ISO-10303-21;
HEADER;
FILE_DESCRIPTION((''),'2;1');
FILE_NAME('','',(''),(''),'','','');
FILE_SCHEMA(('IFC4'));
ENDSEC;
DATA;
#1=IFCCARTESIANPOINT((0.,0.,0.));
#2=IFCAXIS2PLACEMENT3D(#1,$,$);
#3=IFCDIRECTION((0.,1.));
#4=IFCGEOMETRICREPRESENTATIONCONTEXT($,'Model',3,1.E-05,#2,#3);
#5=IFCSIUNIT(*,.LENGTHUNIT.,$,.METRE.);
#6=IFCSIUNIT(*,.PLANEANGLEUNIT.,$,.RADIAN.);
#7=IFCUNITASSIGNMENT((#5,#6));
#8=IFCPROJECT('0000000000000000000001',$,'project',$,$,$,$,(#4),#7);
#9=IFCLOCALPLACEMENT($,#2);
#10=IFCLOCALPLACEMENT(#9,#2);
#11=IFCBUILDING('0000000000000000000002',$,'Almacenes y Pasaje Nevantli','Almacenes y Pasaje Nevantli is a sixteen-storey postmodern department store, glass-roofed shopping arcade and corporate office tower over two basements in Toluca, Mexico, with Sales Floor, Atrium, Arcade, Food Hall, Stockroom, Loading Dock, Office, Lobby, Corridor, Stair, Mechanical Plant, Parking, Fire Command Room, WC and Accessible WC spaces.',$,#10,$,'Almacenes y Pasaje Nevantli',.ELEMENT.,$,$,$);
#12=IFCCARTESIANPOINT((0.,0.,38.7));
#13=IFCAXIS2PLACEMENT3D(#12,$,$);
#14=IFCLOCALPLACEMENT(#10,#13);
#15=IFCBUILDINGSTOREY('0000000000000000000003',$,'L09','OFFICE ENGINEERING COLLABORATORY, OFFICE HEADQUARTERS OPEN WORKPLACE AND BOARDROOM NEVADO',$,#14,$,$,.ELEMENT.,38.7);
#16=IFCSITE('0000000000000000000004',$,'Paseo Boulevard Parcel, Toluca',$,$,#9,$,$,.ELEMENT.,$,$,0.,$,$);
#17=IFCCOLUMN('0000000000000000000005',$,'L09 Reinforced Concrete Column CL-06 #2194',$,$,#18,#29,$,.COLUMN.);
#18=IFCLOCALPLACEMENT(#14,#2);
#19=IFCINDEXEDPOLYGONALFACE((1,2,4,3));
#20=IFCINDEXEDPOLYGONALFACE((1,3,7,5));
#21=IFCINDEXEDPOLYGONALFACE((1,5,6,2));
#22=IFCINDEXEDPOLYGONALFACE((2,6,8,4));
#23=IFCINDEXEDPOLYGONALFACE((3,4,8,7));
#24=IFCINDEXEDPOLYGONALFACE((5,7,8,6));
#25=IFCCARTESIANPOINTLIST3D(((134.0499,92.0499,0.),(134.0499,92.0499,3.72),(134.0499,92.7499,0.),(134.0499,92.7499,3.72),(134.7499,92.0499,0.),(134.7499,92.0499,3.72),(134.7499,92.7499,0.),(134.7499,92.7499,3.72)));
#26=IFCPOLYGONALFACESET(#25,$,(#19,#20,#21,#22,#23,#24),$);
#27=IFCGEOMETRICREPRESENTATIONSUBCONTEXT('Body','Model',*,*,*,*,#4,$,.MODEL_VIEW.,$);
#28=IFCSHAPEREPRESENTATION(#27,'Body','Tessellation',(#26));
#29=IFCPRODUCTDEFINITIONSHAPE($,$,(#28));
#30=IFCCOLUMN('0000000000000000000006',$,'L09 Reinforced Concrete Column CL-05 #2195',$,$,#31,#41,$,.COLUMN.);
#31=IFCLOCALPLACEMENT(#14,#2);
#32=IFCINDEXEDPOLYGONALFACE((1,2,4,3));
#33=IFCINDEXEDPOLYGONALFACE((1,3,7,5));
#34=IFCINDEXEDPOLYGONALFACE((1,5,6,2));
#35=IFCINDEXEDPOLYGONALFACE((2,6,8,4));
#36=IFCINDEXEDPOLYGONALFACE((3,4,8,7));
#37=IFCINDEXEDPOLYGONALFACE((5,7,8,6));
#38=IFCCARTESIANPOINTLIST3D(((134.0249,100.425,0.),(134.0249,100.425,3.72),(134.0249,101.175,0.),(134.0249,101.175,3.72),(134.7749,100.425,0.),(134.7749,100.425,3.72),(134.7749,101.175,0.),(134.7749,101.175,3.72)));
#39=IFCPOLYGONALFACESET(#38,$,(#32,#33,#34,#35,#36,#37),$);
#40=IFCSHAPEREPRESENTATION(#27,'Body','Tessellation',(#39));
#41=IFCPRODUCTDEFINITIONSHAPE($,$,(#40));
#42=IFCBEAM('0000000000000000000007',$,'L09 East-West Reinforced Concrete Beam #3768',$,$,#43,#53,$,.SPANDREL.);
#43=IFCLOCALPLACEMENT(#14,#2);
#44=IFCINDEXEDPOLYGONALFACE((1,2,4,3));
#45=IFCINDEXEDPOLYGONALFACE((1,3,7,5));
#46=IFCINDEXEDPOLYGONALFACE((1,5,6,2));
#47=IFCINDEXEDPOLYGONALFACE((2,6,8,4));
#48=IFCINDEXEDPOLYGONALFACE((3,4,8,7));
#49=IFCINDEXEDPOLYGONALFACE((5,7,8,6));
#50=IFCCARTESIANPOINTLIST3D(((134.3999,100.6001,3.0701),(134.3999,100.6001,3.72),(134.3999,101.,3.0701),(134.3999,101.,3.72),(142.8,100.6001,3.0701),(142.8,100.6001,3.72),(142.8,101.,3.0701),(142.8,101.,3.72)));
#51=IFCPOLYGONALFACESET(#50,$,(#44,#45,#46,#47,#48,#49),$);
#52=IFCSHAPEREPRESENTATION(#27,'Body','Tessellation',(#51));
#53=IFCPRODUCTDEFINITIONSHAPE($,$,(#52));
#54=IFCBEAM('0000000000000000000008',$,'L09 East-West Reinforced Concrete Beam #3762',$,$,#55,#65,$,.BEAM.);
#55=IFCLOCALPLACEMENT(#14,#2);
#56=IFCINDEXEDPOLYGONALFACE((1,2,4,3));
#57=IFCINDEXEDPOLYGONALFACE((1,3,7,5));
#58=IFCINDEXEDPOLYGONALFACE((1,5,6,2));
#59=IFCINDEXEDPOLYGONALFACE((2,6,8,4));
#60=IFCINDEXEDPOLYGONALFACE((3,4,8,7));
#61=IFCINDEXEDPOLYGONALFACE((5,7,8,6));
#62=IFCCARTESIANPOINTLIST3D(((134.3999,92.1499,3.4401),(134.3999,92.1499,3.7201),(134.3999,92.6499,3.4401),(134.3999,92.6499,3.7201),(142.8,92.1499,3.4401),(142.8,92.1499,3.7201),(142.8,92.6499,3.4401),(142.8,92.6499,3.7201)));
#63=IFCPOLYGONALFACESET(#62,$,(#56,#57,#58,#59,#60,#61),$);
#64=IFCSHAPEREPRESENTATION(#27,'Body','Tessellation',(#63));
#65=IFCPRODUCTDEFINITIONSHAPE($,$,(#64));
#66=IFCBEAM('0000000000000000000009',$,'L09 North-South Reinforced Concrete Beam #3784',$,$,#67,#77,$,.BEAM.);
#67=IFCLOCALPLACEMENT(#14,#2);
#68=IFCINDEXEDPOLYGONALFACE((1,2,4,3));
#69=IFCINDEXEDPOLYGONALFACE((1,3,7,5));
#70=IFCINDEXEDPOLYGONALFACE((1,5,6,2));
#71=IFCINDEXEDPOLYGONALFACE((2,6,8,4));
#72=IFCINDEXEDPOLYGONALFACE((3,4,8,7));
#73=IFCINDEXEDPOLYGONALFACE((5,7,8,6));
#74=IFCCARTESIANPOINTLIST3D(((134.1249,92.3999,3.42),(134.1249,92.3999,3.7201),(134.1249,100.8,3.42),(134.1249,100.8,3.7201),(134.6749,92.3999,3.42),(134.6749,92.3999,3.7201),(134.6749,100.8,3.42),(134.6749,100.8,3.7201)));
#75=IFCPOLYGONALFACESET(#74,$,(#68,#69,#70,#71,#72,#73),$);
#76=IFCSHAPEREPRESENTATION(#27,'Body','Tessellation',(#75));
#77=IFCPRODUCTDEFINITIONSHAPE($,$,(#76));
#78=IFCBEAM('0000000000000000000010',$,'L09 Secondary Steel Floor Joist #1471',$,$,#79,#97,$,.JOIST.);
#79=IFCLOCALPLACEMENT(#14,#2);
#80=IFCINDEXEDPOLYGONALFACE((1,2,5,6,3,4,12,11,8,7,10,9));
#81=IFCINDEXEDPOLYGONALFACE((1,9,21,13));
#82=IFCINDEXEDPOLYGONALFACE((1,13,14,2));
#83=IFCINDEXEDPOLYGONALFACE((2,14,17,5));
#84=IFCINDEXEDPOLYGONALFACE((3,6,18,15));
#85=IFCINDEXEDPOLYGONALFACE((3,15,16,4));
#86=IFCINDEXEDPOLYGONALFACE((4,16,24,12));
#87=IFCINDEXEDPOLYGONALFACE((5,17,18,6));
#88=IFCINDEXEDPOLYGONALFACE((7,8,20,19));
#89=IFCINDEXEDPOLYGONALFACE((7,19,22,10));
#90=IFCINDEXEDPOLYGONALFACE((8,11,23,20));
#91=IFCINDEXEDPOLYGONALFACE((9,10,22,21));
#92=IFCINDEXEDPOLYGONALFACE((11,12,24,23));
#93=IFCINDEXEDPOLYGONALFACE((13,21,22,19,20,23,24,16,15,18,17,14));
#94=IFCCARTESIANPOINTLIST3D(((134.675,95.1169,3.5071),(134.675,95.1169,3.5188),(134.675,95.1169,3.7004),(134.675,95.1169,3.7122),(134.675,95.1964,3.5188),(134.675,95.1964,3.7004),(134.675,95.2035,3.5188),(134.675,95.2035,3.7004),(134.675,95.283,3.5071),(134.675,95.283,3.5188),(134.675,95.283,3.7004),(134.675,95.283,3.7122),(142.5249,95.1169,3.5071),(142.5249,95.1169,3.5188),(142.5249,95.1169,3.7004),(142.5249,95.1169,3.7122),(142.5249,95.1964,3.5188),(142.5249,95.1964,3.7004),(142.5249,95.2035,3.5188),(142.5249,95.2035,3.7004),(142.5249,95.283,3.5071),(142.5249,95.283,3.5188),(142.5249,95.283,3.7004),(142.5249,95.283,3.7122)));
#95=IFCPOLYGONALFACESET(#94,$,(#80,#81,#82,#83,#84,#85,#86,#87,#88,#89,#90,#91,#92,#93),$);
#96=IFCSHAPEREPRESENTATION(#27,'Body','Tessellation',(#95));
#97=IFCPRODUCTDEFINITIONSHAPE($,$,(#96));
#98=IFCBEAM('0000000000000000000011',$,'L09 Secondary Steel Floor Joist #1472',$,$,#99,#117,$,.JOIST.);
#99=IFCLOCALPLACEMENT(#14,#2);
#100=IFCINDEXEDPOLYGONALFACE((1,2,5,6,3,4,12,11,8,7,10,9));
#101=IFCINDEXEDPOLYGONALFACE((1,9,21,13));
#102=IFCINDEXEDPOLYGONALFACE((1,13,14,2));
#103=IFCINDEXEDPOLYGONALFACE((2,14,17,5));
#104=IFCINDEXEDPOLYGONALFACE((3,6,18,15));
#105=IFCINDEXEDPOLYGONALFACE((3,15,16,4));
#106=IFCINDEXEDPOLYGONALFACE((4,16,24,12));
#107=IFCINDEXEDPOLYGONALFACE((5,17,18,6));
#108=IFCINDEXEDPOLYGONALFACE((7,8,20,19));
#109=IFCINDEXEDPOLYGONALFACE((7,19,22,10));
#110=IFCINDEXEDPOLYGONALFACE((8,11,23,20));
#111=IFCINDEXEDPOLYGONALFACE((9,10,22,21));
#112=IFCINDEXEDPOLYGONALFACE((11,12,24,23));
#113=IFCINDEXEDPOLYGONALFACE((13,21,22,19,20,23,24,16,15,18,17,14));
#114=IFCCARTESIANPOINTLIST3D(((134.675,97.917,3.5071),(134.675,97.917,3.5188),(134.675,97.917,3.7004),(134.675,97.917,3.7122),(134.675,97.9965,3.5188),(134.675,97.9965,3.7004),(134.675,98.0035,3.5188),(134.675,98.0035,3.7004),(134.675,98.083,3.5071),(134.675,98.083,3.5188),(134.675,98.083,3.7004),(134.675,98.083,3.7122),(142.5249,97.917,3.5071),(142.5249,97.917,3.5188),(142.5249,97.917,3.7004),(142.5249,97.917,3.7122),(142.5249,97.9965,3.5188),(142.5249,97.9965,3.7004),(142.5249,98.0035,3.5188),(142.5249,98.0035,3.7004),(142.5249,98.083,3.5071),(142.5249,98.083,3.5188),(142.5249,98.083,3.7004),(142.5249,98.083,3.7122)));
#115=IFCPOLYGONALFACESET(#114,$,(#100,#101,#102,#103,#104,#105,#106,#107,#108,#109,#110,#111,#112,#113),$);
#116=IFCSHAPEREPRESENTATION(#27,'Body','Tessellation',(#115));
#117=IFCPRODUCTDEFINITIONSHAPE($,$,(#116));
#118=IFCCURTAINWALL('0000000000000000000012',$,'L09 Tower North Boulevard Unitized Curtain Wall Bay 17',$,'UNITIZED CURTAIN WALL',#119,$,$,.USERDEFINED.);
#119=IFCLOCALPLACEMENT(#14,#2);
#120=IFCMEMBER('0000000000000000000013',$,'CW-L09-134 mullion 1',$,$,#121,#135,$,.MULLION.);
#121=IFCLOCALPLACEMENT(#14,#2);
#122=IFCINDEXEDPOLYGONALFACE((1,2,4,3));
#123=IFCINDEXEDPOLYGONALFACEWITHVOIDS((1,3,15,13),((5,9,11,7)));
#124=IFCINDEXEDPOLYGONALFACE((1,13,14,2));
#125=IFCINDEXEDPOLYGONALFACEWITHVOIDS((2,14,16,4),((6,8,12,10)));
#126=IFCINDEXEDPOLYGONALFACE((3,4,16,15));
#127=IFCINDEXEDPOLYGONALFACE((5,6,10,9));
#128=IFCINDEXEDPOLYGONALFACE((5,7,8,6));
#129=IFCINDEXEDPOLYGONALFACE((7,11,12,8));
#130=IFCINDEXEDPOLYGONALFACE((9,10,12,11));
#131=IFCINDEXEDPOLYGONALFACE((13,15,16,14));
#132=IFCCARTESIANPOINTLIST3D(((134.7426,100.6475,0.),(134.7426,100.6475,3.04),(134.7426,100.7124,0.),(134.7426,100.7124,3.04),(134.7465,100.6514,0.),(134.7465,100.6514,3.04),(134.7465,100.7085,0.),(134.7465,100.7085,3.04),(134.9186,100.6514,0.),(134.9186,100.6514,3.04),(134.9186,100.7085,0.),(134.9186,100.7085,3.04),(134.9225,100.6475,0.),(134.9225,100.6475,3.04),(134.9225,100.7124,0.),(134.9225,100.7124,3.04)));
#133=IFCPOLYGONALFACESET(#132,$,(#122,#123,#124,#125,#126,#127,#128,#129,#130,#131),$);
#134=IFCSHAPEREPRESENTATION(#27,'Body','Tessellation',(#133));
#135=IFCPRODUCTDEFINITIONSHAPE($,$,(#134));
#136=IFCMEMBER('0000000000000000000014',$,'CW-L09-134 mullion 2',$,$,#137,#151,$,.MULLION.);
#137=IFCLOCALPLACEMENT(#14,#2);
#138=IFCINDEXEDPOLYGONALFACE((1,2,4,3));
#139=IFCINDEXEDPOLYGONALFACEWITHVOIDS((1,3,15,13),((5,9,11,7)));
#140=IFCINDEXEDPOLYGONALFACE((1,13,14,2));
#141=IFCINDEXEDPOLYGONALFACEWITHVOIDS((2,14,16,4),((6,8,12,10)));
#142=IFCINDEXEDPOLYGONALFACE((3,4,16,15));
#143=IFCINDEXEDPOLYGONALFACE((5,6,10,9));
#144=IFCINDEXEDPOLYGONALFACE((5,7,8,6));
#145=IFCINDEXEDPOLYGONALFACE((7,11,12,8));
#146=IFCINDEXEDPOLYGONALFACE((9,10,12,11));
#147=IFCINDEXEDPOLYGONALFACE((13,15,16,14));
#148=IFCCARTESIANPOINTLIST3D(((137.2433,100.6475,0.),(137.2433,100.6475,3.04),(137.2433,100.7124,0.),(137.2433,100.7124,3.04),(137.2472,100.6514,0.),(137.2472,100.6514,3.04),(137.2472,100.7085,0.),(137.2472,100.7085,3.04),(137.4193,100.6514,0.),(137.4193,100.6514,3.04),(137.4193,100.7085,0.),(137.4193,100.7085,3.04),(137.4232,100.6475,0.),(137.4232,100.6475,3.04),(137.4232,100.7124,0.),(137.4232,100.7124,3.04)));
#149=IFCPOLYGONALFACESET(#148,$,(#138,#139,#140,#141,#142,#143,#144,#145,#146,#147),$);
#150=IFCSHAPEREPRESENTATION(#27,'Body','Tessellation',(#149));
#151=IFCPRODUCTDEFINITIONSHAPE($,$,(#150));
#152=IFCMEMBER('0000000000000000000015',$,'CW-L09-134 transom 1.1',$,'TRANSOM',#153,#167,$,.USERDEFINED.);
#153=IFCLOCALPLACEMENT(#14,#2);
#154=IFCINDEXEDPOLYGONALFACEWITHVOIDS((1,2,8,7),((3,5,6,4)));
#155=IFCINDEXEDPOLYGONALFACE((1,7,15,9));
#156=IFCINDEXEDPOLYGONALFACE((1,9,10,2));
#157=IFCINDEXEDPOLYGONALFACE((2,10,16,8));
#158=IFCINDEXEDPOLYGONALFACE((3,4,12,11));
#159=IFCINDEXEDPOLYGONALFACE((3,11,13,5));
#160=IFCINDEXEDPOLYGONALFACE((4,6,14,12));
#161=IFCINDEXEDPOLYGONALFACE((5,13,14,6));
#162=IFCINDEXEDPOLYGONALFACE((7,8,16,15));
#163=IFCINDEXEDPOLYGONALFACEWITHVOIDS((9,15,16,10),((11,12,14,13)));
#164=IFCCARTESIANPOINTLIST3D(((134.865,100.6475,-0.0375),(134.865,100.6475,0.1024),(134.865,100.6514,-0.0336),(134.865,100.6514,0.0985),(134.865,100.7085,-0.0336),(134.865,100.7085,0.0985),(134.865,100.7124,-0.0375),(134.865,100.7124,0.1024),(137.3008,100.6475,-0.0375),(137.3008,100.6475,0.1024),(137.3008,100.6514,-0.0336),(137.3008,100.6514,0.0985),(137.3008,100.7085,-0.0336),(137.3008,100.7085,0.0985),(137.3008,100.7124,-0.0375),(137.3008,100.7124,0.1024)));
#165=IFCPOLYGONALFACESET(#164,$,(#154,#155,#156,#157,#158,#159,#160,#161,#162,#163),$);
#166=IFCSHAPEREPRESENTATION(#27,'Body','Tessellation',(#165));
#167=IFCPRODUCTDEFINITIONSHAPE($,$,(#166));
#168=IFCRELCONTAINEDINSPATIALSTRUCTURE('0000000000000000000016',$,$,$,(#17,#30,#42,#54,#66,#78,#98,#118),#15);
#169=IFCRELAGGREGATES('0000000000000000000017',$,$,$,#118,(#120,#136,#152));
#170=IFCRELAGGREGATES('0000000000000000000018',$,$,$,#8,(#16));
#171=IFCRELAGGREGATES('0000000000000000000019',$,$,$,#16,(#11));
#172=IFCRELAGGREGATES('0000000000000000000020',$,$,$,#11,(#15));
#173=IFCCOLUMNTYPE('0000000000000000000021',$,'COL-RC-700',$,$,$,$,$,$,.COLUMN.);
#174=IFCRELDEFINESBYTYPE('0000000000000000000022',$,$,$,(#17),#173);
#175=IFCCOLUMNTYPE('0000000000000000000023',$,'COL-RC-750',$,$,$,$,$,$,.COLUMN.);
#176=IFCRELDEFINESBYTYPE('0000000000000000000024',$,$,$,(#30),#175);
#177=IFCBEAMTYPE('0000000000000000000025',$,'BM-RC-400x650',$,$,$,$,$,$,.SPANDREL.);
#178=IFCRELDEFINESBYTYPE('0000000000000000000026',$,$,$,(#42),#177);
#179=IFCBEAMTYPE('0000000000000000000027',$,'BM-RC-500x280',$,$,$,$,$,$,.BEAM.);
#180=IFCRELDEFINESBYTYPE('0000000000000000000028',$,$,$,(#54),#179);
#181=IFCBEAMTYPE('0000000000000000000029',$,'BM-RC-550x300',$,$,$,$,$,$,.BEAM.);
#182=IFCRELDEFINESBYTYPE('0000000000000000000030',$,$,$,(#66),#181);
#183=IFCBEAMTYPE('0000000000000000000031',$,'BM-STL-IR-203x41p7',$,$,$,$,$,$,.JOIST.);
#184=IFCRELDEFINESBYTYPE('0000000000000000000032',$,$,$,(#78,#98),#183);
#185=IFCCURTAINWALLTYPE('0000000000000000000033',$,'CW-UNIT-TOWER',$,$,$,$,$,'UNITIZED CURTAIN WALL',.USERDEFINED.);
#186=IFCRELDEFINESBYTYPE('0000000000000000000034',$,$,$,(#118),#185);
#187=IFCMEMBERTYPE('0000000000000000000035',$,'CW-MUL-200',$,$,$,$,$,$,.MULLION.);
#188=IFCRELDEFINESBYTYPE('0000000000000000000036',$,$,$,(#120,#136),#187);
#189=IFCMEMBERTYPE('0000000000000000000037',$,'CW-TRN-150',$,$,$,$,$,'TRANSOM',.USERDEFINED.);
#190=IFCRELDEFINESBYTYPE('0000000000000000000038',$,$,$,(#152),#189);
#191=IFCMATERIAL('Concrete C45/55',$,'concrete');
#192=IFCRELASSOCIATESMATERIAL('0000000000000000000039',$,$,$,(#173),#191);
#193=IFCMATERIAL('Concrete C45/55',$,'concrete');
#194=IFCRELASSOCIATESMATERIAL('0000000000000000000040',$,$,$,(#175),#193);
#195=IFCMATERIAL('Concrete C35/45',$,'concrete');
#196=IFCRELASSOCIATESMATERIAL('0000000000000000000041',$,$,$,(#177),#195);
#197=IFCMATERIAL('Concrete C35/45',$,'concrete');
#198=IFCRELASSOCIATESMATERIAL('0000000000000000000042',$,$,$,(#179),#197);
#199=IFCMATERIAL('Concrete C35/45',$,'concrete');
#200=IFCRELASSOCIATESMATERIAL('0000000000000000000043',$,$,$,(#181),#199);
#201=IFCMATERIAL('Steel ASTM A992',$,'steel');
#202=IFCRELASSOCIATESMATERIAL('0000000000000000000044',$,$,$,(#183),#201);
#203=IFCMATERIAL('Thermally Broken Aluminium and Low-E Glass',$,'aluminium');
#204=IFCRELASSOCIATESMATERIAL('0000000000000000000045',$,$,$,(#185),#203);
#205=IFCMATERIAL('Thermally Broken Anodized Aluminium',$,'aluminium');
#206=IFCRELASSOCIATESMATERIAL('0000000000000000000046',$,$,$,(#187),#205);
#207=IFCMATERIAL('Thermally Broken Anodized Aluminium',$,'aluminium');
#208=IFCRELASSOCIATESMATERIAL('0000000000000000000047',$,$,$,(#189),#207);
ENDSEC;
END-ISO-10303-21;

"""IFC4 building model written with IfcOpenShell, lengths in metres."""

from ifc_helpers import new_model, si_unit, direction, frame, origin, origin_2d, place, context, subcontext, project, spatial, rectangle, hollow_rectangle, i_section, extrude, material, material_profile, profile_set, type_object, element, aggregate, save


model = new_model("IFC4")

# Units and contexts
model_context = context("Model", 3, precision=1e-05, world=origin(), true_north=direction((0.0, 1.0)))
body_context = subcontext(model_context, "Body", "Model", "MODEL_VIEW")
ifc_project = project(units=[si_unit("LENGTHUNIT", "METRE"), si_unit("PLANEANGLEUNIT", "RADIAN")], contexts=[model_context])

# Site, building, storey
site_placement = place(None, origin())
site = spatial("IfcSite", under=ifc_project, at=site_placement, Name="Paseo Boulevard Parcel, Toluca", CompositionType="ELEMENT", RefElevation=0.0)
building_placement = place(site_placement, origin())
building = spatial("IfcBuilding", under=site, at=building_placement, Name="Almacenes y Pasaje Nevantli", Description="Almacenes y Pasaje Nevantli is a sixteen-storey postmodern department store, glass-roofed shopping arcade and corporate office tower over two basements in Toluca, Mexico, with Sales Floor, Atrium, Arcade, Food Hall, Stockroom, Loading Dock, Office, Lobby, Corridor, Stair, Mechanical Plant, Parking, Fire Command Room, WC and Accessible WC spaces.", LongName="Almacenes y Pasaje Nevantli", CompositionType="ELEMENT")
storey_placement = place(building_placement, frame((0.0, 0.0, 38.7)))
storey = spatial("IfcBuildingStorey", under=building, at=storey_placement, Name="L09", Description="OFFICE ENGINEERING COLLABORATORY, OFFICE HEADQUARTERS OPEN WORKPLACE AND BOARDROOM NEVADO", CompositionType="ELEMENT", Elevation=38.7)

# Columns
ifc_material_1 = material(Name="Concrete C45/55", Category="concrete")
ifc_material_profile_1 = material_profile(ifc_material_1, rectangle(XDim=0.7, YDim=0.7, at=origin_2d()), Name="RC-COL-700x700")
ifc_profile_set_1 = profile_set([ifc_material_profile_1], Name="Concrete C45/55")
column_type_1 = type_object("IfcColumnType", Name="COL-RC-700", PredefinedType="COLUMN", material=ifc_profile_set_1)
column_1_placement = place(storey_placement, frame((134.3999, 92.3999, 0.0), z_axis=(0.0, 0.0, 1.0), x_axis=(1.0, 0.0, 0.0)))
element("IfcColumn", 1, at=column_1_placement, inside=storey, type_object=column_type_1, Name="L09 Reinforced Concrete Column CL-06 #2194", PredefinedType="COLUMN", context=body_context, shape_type="SweptSolid", body=[
    extrude(rectangle(XDim=0.7, YDim=0.7, at=origin_2d()), origin(), (0.0, 0.0, 1.0), 3.72),
])
ifc_material_2 = material(Name="Concrete C45/55", Category="concrete")
ifc_material_profile_2 = material_profile(ifc_material_2, rectangle(XDim=0.75, YDim=0.75, at=origin_2d()), Name="RC-COL-750x750")
ifc_profile_set_2 = profile_set([ifc_material_profile_2], Name="Concrete C45/55")
column_type_2 = type_object("IfcColumnType", Name="COL-RC-750", PredefinedType="COLUMN", material=ifc_profile_set_2)
column_2_placement = place(storey_placement, frame((134.3999, 100.8, 0.0), z_axis=(0.0, 0.0, 1.0), x_axis=(1.0, 0.0, 0.0)))
element("IfcColumn", 2, at=column_2_placement, inside=storey, type_object=column_type_2, Name="L09 Reinforced Concrete Column CL-05 #2195", PredefinedType="COLUMN", context=body_context, shape_type="SweptSolid", body=[
    extrude(rectangle(XDim=0.75, YDim=0.75, at=origin_2d()), origin(), (0.0, 0.0, 1.0), 3.72),
])

# Beams
ifc_material_3 = material(Name="Concrete C35/45", Category="concrete")
ifc_material_profile_3 = material_profile(ifc_material_3, rectangle(XDim=0.3999, YDim=0.6499, at=origin_2d()), Name="RC-BM-400x650")
ifc_profile_set_3 = profile_set([ifc_material_profile_3], Name="Concrete C35/45")
beam_type_1 = type_object("IfcBeamType", Name="BM-RC-400x650", PredefinedType="SPANDREL", material=ifc_profile_set_3)
beam_1_placement = place(storey_placement, frame((134.3999, 100.8, 3.395), z_axis=(1.0, 0.0, 0.0), x_axis=(0.0, 1.0, 0.0)))
element("IfcBeam", 3, at=beam_1_placement, inside=storey, type_object=beam_type_1, Name="L09 East-West Reinforced Concrete Beam #3768", PredefinedType="SPANDREL", context=body_context, shape_type="SweptSolid", body=[
    extrude(rectangle(XDim=0.3999, YDim=0.6499, at=origin_2d()), origin(), (0.0, 0.0, 1.0), 8.4001),
])
ifc_material_4 = material(Name="Concrete C35/45", Category="concrete")
ifc_material_profile_4 = material_profile(ifc_material_4, rectangle(XDim=0.5, YDim=0.28, at=origin_2d()), Name="RC-BM-500x280")
ifc_profile_set_4 = profile_set([ifc_material_profile_4], Name="Concrete C35/45")
beam_type_2 = type_object("IfcBeamType", Name="BM-RC-500x280", PredefinedType="BEAM", material=ifc_profile_set_4)
beam_2_placement = place(storey_placement, frame((134.3999, 92.3999, 3.5801), z_axis=(1.0, 0.0, 0.0), x_axis=(0.0, 1.0, 0.0)))
element("IfcBeam", 4, at=beam_2_placement, inside=storey, type_object=beam_type_2, Name="L09 East-West Reinforced Concrete Beam #3762", PredefinedType="BEAM", context=body_context, shape_type="SweptSolid", body=[
    extrude(rectangle(XDim=0.5, YDim=0.28, at=origin_2d()), origin(), (0.0, 0.0, 1.0), 8.4001),
])
ifc_material_5 = material(Name="Concrete C35/45", Category="concrete")
ifc_material_profile_5 = material_profile(ifc_material_5, rectangle(XDim=0.55, YDim=0.3, at=origin_2d()), Name="RC-BM-550x300")
ifc_profile_set_5 = profile_set([ifc_material_profile_5], Name="Concrete C35/45")
beam_type_3 = type_object("IfcBeamType", Name="BM-RC-550x300", PredefinedType="BEAM", material=ifc_profile_set_5)
beam_3_placement = place(storey_placement, frame((134.3999, 92.3999, 3.5701), z_axis=(0.0, 1.0, 0.0), x_axis=(-1.0, 0.0, 0.0)))
element("IfcBeam", 5, at=beam_3_placement, inside=storey, type_object=beam_type_3, Name="L09 North-South Reinforced Concrete Beam #3784", PredefinedType="BEAM", context=body_context, shape_type="SweptSolid", body=[
    extrude(rectangle(XDim=0.55, YDim=0.3, at=origin_2d()), origin(), (0.0, 0.0, 1.0), 8.4001),
])
ifc_material_6 = material(Name="Steel ASTM A992", Category="steel")
ifc_material_profile_6 = material_profile(ifc_material_6, i_section(OverallWidth=0.166, OverallDepth=0.2051, WebThickness=0.0071, FlangeThickness=0.0117, at=origin_2d()), Name="IR 203x41.7")
ifc_profile_set_6 = profile_set([ifc_material_profile_6], Name="Steel ASTM A992")
beam_type_4 = type_object("IfcBeamType", Name="BM-STL-IR-203x41p7", PredefinedType="JOIST", material=ifc_profile_set_6)
for number, where, z_axis, x_axis, name in (
    (6, (134.675, 95.2, 3.6096), (1.0, 0.0, 0.0), (0.0, 1.0, 0.0), "L09 Secondary Steel Floor Joist #1471"),
    (7, (134.675, 98.0, 3.6096), (1.0, 0.0, 0.0), (0.0, 1.0, 0.0), "L09 Secondary Steel Floor Joist #1472"),
):
    element("IfcBeam", number, at=place(storey_placement, frame(where, z_axis=z_axis, x_axis=x_axis)), inside=storey, type_object=beam_type_4, Name=name, PredefinedType="JOIST", context=body_context, shape_type="SweptSolid", body=[
        extrude(i_section(OverallWidth=0.166, OverallDepth=0.2051, WebThickness=0.0071, FlangeThickness=0.0117, at=origin_2d()), origin(), (0.0, 0.0, 1.0), 7.8499),
    ])

# Curtain wall, members
ifc_material_7 = material(Name="Thermally Broken Aluminium and Low-E Glass", Category="aluminium")
curtain_wall_type = type_object("IfcCurtainWallType", Name="CW-UNIT-TOWER", ElementType="UNITIZED CURTAIN WALL", PredefinedType="USERDEFINED", material=ifc_material_7)
curtain_wall_placement = place(storey_placement, origin())
curtain_wall = element("IfcCurtainWall", 8, at=curtain_wall_placement, inside=storey, type_object=curtain_wall_type, Name="L09 Tower North Boulevard Unitized Curtain Wall Bay 17", ObjectType="UNITIZED CURTAIN WALL", PredefinedType="USERDEFINED")
ifc_material_8 = material(Name="Thermally Broken Anodized Aluminium", Category="aluminium")
ifc_material_profile_7 = material_profile(ifc_material_8, hollow_rectangle(XDim=0.0649, YDim=0.1799, WallThickness=0.0039, at=origin_2d()), Name="ALU-MUL-65x180")
ifc_profile_set_7 = profile_set([ifc_material_profile_7], Name="Thermally Broken Anodized Aluminium")
member_type_1 = type_object("IfcMemberType", Name="CW-MUL-200", PredefinedType="MULLION", material=ifc_profile_set_7)
member_1_placement = place(storey_placement, frame((134.8325, 100.6799, 0.0), z_axis=(0.0, 0.0, 1.0), x_axis=(0.0, 1.0, 0.0)))
member_1 = element("IfcMember", 9, at=member_1_placement, type_object=member_type_1, Name="CW-L09-134 mullion 1", PredefinedType="MULLION", context=body_context, shape_type="SweptSolid", body=[
    extrude(hollow_rectangle(XDim=0.0649, YDim=0.1799, WallThickness=0.0039, at=origin_2d()), origin(), (0.0, 0.0, 1.0), 3.04),
])
member_2_placement = place(storey_placement, frame((137.3333, 100.6799, 0.0), z_axis=(0.0, 0.0, 1.0), x_axis=(0.0, 1.0, 0.0)))
member_2 = element("IfcMember", 10, at=member_2_placement, type_object=member_type_1, Name="CW-L09-134 mullion 2", PredefinedType="MULLION", context=body_context, shape_type="SweptSolid", body=[
    extrude(hollow_rectangle(XDim=0.0649, YDim=0.1799, WallThickness=0.0039, at=origin_2d()), origin(), (0.0, 0.0, 1.0), 3.04),
])
ifc_material_9 = material(Name="Thermally Broken Anodized Aluminium", Category="aluminium")
ifc_material_profile_8 = material_profile(ifc_material_9, hollow_rectangle(XDim=0.0649, YDim=0.1399, WallThickness=0.0039, at=origin_2d()), Name="ALU-TRN-65x140")
ifc_profile_set_8 = profile_set([ifc_material_profile_8], Name="Thermally Broken Anodized Aluminium")
member_type_2 = type_object("IfcMemberType", Name="CW-TRN-150", ElementType="TRANSOM", PredefinedType="USERDEFINED", material=ifc_profile_set_8)
member_3_placement = place(storey_placement, frame((134.865, 100.6799, 0.0325), z_axis=(1.0, 0.0, 0.0), x_axis=(0.0, 1.0, 0.0)))
member_3 = element("IfcMember", 11, at=member_3_placement, type_object=member_type_2, Name="CW-L09-134 transom 1.1", ObjectType="TRANSOM", PredefinedType="USERDEFINED", context=body_context, shape_type="SweptSolid", body=[
    extrude(hollow_rectangle(XDim=0.0649, YDim=0.1399, WallThickness=0.0039, at=origin_2d()), origin(), (0.0, 0.0, 1.0), 2.4358),
])
aggregate(curtain_wall, [member_1, member_2, member_3])

save(model, "model.ifc")
